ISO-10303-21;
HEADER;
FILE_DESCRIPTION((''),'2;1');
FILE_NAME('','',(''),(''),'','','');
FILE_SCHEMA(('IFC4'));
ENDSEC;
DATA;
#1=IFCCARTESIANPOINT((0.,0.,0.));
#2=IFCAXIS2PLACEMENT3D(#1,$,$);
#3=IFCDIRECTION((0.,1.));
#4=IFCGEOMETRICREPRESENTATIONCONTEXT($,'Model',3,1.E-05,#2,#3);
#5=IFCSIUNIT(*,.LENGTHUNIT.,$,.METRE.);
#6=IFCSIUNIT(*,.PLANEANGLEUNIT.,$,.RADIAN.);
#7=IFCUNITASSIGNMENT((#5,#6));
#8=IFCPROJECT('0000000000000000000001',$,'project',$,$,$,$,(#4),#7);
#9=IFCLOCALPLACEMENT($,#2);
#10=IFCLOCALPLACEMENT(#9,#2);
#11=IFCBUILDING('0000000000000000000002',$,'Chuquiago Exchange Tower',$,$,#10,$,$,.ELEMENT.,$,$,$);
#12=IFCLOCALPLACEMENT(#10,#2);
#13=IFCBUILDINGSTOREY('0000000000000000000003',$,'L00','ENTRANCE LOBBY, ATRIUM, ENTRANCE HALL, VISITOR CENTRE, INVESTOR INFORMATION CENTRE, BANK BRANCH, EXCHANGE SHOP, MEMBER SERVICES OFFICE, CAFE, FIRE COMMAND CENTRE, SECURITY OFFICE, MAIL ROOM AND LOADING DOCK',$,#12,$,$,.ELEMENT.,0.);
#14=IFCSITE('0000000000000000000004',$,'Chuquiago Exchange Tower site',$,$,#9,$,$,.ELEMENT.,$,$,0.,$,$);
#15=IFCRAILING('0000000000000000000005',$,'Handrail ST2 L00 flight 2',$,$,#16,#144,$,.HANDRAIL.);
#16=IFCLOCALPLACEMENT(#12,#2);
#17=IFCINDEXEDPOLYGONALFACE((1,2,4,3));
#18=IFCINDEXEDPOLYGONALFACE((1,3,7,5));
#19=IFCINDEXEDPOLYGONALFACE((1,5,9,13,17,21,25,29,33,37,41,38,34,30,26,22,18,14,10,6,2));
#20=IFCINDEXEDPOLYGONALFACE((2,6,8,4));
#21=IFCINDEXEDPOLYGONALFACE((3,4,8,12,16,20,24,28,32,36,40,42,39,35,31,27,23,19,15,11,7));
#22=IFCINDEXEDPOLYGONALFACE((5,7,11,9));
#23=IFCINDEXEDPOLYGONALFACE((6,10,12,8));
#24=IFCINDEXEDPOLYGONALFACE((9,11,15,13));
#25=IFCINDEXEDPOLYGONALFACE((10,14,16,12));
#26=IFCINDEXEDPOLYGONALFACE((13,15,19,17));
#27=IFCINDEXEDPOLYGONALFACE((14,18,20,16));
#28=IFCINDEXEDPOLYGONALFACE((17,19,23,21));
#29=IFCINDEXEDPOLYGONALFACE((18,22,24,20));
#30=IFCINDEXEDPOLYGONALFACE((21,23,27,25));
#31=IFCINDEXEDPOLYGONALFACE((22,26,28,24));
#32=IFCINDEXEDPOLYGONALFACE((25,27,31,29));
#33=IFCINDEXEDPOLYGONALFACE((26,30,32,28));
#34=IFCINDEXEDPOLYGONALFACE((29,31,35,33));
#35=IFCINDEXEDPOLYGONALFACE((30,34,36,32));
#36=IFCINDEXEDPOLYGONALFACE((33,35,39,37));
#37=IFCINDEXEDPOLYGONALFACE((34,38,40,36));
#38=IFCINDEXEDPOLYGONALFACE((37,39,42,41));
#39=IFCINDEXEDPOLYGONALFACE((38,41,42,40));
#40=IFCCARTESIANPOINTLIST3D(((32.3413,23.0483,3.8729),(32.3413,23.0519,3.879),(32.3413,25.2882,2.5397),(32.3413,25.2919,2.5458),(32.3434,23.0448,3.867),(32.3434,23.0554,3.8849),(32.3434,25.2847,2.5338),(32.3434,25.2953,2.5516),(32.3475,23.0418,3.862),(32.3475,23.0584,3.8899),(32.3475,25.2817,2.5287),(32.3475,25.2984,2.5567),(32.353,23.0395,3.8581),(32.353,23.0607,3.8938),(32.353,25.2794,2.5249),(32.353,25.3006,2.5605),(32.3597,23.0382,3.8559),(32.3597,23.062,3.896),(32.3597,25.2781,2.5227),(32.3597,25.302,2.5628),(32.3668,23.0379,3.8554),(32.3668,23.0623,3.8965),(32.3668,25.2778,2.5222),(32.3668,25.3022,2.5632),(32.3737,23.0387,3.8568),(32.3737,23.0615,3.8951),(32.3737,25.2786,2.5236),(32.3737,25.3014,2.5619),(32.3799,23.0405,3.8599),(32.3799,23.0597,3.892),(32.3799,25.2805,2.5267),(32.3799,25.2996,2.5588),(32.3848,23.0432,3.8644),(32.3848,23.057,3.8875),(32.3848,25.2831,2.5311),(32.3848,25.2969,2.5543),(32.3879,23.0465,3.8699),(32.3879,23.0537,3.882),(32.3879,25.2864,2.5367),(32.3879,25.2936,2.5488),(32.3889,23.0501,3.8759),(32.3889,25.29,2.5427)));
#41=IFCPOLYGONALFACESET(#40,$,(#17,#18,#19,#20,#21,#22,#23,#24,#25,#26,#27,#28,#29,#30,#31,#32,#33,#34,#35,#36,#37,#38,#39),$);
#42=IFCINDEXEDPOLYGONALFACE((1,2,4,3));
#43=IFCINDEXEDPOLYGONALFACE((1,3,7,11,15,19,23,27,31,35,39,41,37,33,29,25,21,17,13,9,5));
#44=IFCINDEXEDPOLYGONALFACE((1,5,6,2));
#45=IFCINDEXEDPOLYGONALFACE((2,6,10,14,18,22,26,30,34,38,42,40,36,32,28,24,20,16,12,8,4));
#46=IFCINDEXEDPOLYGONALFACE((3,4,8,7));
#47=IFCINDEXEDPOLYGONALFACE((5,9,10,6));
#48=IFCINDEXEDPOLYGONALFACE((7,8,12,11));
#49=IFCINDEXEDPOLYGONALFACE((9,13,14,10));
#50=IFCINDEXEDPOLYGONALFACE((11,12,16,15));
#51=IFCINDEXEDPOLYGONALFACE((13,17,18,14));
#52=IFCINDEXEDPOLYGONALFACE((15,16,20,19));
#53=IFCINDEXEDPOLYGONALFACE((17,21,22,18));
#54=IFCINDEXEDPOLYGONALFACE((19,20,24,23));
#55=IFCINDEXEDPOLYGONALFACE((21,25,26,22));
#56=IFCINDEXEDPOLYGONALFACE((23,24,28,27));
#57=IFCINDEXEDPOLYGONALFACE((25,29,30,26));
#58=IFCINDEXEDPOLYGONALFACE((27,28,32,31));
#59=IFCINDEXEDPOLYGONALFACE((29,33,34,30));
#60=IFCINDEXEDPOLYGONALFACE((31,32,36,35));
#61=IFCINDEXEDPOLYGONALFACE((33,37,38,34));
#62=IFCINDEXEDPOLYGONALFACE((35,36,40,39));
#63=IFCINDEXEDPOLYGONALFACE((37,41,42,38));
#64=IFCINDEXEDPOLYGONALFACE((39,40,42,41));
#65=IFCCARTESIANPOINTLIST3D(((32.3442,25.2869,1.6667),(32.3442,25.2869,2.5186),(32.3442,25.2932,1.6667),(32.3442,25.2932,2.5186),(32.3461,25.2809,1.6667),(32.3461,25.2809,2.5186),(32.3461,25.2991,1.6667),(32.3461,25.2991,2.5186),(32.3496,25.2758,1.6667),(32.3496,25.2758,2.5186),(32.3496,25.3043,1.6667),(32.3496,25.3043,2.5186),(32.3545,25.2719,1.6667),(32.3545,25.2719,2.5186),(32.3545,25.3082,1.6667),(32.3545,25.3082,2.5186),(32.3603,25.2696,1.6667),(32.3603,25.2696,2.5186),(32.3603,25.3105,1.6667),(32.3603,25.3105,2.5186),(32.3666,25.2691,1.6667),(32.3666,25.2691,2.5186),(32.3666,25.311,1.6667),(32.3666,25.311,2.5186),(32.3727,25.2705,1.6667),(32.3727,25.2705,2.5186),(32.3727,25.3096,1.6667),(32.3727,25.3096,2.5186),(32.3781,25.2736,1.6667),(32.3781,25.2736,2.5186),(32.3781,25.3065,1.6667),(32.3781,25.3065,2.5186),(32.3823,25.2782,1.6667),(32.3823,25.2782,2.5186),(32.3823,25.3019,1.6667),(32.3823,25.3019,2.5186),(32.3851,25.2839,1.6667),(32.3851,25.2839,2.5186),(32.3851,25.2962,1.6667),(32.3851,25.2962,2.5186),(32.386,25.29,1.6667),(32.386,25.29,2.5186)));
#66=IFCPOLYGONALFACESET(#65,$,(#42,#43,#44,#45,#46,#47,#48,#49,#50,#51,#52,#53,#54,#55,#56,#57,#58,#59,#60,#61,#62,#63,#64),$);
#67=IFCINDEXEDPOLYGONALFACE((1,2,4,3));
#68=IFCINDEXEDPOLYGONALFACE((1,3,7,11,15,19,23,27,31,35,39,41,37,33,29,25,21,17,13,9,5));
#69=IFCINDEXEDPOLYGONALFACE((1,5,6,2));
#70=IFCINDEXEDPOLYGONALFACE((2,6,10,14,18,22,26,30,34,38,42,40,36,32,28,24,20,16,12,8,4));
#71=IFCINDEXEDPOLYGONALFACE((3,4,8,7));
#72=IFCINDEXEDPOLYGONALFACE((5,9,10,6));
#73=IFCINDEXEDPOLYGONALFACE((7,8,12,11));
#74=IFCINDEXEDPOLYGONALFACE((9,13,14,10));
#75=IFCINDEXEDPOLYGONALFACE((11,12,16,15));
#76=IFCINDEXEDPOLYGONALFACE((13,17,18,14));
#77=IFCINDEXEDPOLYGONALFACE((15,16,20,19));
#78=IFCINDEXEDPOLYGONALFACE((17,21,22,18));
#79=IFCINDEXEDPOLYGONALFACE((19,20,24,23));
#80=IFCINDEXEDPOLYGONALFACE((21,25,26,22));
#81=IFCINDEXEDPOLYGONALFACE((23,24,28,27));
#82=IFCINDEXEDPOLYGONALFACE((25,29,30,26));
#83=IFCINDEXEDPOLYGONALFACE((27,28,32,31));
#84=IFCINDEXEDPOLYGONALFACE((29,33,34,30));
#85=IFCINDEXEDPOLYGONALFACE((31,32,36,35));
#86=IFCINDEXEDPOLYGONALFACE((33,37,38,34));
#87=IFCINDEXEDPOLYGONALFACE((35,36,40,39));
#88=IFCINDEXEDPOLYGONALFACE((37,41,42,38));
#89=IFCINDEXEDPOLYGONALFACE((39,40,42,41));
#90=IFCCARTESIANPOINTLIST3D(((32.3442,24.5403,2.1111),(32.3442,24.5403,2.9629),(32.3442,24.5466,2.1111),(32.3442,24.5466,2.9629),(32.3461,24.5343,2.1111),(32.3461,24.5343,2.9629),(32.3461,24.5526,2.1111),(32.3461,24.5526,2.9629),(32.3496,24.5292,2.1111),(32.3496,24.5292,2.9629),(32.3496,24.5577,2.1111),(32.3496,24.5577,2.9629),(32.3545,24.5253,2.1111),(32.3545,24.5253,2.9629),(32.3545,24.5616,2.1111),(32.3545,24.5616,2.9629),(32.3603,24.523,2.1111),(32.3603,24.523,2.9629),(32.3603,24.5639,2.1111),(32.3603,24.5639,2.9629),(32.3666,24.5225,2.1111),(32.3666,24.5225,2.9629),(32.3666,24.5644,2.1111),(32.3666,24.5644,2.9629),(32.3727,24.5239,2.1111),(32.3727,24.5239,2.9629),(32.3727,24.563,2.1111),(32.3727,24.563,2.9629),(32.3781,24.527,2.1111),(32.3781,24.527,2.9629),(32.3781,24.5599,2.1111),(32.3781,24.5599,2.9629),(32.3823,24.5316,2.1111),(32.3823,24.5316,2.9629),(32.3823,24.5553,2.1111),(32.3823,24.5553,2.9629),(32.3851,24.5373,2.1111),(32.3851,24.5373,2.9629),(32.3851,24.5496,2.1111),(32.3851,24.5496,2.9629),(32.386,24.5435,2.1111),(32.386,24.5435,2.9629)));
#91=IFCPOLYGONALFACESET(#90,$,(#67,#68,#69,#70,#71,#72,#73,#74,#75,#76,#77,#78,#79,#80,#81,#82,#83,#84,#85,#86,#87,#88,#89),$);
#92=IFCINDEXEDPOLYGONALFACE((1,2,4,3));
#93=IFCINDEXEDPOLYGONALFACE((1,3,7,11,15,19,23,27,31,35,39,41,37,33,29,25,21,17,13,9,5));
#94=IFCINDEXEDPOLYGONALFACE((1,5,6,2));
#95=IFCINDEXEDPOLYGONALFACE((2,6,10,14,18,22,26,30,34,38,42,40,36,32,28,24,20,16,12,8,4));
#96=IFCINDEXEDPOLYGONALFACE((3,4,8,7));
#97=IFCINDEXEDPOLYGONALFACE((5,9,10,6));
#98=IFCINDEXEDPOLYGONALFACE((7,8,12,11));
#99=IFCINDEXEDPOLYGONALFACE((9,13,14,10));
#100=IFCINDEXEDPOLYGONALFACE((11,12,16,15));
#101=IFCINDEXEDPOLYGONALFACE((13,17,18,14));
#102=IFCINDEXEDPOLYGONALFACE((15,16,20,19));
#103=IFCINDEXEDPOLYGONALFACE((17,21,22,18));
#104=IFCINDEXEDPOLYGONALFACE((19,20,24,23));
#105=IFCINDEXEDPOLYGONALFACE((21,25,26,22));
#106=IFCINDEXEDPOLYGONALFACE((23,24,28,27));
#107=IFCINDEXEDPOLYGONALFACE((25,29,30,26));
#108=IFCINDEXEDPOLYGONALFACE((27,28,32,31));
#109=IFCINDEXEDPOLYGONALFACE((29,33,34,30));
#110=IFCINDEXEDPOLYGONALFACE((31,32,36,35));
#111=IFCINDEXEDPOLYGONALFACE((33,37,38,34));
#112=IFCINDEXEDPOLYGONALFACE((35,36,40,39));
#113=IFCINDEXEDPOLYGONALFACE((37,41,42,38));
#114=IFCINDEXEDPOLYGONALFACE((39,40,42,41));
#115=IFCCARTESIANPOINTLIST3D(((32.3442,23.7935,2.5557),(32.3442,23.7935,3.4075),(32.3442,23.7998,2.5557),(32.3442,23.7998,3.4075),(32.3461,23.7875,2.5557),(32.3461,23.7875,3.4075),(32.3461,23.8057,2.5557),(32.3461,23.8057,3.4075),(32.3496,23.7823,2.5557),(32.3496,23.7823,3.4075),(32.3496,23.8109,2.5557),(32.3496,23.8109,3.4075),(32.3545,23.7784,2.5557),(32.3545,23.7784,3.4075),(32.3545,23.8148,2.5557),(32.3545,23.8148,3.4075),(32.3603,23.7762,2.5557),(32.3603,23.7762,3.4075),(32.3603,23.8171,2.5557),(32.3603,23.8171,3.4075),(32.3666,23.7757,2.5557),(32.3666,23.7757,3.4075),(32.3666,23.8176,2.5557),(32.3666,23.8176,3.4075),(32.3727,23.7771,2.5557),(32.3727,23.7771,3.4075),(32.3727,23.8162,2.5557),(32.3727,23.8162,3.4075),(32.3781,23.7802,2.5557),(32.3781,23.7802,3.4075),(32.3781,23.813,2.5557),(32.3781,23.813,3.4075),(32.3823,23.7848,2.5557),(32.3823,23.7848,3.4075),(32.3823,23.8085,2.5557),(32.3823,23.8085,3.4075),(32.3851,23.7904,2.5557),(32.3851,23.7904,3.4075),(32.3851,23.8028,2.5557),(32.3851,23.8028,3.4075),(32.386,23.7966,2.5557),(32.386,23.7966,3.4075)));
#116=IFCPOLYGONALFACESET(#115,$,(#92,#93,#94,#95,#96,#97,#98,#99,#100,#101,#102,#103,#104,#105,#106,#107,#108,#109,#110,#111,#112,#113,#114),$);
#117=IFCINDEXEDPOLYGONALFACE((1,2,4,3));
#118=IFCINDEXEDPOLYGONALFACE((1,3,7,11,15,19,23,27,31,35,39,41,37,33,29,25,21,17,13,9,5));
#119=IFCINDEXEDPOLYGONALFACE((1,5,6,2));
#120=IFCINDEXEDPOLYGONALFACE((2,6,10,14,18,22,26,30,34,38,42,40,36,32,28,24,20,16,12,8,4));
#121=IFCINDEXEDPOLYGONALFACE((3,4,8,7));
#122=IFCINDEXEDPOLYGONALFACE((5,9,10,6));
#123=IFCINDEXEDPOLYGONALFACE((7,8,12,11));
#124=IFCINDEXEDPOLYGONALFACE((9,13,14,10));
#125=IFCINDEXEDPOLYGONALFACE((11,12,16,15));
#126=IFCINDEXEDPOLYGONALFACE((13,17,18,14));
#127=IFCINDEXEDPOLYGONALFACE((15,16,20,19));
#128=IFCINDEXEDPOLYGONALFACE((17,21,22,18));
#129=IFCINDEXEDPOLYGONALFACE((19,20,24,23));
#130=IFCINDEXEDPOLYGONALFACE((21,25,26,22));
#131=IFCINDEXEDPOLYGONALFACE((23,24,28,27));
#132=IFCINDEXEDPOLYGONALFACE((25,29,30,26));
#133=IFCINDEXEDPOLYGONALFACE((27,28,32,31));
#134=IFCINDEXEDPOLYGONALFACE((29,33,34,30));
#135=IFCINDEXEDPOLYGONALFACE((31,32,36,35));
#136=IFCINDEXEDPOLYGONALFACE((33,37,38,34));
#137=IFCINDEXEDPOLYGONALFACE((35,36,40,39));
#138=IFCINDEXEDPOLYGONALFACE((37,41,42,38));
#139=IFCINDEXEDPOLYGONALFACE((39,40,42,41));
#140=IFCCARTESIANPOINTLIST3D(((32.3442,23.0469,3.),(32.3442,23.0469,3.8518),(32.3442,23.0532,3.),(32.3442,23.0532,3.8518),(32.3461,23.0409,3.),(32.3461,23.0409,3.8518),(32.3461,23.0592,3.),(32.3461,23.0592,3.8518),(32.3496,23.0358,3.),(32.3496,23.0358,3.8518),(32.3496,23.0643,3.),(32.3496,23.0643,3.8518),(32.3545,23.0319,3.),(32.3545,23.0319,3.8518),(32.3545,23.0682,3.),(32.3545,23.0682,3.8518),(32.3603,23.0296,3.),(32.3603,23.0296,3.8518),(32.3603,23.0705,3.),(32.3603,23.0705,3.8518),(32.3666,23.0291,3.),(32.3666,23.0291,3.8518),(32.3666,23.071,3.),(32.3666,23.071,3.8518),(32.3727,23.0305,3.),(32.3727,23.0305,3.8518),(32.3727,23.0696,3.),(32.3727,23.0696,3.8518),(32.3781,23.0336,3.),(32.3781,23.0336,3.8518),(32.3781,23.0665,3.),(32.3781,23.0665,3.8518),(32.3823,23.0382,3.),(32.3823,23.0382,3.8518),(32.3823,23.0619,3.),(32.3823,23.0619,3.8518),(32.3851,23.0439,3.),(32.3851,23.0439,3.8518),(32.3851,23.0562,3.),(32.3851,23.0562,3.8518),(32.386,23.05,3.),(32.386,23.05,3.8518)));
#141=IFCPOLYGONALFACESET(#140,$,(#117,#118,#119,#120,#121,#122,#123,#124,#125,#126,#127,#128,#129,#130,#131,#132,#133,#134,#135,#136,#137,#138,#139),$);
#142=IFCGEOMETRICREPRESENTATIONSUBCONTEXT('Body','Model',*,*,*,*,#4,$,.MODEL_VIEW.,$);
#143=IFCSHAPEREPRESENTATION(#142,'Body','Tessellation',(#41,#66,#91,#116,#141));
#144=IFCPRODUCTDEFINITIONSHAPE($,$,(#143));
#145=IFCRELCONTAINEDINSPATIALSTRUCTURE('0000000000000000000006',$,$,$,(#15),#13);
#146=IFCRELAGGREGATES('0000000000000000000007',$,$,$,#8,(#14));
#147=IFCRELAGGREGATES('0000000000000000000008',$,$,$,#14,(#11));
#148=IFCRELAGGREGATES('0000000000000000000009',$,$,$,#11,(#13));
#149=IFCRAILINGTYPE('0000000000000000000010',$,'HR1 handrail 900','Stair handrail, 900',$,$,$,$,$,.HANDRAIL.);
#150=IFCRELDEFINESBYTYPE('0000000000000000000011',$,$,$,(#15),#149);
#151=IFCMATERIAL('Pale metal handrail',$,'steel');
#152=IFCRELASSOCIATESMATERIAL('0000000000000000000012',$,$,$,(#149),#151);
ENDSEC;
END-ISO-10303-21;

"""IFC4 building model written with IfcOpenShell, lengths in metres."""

from ifc_helpers import new_model, si_unit, direction, frame, origin, origin_2d, place, context, subcontext, project, spatial, circle, extrude, material, type_object, element, save


model = new_model("IFC4")

# Units and contexts
model_context = context("Model", 3, precision=1e-05, world=origin(), true_north=direction((0.0, 1.0)))
body_context = subcontext(model_context, "Body", "Model", "MODEL_VIEW")
ifc_project = project(units=[si_unit("LENGTHUNIT", "METRE"), si_unit("PLANEANGLEUNIT", "RADIAN")], contexts=[model_context])

# Site, building, storey
site_placement = place(None, origin())
site = spatial("IfcSite", under=ifc_project, at=site_placement, Name="Chuquiago Exchange Tower site", CompositionType="ELEMENT", RefElevation=0.0)
building_placement = place(site_placement, origin())
building = spatial("IfcBuilding", under=site, at=building_placement, Name="Chuquiago Exchange Tower", CompositionType="ELEMENT")
storey_placement = place(building_placement, origin())
storey = spatial("IfcBuildingStorey", under=building, at=storey_placement, Name="L00", Description="ENTRANCE LOBBY, ATRIUM, ENTRANCE HALL, VISITOR CENTRE, INVESTOR INFORMATION CENTRE, BANK BRANCH, EXCHANGE SHOP, MEMBER SERVICES OFFICE, CAFE, FIRE COMMAND CENTRE, SECURITY OFFICE, MAIL ROOM AND LOADING DOCK", CompositionType="ELEMENT", Elevation=0.0)

# Railing
ifc_material_1 = material(Name="Pale metal handrail", Category="steel")
railing_type = type_object("IfcRailingType", Name="HR1 handrail 900", Description="Stair handrail, 900", PredefinedType="HANDRAIL", material=ifc_material_1)
for number, where, name in (
    (1, (32.365, 25.29, 1.6667), "Handrail ST2 L00 flight 2"),
):
    element("IfcRailing", number, at=place(storey_placement, frame(where)), inside=storey, type_object=railing_type, Name=name, PredefinedType="HANDRAIL", context=body_context, shape_type="SweptSolid", body=[
        extrude(circle(Radius=0.0239, at=origin_2d()), frame((0.0, 0.0, 0.876), z_axis=(0.0, -0.859306, 0.511462), x_axis=(1.0, 0.0, 0.0)), (0.0, 0.0, 1.0), 2.6067),
        extrude(circle(Radius=0.021, at=origin_2d()), origin(), (0.0, 0.0, 1.0), 0.8518),
        extrude(circle(Radius=0.021, at=origin_2d()), frame((0.0, -0.7466, 0.4443)), (0.0, 0.0, 1.0), 0.8518),
        extrude(circle(Radius=0.021, at=origin_2d()), frame((0.0, -1.4934, 0.8889)), (0.0, 0.0, 1.0), 0.8518),
        extrude(circle(Radius=0.021, at=origin_2d()), frame((0.0, -2.24, 1.3333)), (0.0, 0.0, 1.0), 0.8518),
    ])

save(model, "model.ifc")
